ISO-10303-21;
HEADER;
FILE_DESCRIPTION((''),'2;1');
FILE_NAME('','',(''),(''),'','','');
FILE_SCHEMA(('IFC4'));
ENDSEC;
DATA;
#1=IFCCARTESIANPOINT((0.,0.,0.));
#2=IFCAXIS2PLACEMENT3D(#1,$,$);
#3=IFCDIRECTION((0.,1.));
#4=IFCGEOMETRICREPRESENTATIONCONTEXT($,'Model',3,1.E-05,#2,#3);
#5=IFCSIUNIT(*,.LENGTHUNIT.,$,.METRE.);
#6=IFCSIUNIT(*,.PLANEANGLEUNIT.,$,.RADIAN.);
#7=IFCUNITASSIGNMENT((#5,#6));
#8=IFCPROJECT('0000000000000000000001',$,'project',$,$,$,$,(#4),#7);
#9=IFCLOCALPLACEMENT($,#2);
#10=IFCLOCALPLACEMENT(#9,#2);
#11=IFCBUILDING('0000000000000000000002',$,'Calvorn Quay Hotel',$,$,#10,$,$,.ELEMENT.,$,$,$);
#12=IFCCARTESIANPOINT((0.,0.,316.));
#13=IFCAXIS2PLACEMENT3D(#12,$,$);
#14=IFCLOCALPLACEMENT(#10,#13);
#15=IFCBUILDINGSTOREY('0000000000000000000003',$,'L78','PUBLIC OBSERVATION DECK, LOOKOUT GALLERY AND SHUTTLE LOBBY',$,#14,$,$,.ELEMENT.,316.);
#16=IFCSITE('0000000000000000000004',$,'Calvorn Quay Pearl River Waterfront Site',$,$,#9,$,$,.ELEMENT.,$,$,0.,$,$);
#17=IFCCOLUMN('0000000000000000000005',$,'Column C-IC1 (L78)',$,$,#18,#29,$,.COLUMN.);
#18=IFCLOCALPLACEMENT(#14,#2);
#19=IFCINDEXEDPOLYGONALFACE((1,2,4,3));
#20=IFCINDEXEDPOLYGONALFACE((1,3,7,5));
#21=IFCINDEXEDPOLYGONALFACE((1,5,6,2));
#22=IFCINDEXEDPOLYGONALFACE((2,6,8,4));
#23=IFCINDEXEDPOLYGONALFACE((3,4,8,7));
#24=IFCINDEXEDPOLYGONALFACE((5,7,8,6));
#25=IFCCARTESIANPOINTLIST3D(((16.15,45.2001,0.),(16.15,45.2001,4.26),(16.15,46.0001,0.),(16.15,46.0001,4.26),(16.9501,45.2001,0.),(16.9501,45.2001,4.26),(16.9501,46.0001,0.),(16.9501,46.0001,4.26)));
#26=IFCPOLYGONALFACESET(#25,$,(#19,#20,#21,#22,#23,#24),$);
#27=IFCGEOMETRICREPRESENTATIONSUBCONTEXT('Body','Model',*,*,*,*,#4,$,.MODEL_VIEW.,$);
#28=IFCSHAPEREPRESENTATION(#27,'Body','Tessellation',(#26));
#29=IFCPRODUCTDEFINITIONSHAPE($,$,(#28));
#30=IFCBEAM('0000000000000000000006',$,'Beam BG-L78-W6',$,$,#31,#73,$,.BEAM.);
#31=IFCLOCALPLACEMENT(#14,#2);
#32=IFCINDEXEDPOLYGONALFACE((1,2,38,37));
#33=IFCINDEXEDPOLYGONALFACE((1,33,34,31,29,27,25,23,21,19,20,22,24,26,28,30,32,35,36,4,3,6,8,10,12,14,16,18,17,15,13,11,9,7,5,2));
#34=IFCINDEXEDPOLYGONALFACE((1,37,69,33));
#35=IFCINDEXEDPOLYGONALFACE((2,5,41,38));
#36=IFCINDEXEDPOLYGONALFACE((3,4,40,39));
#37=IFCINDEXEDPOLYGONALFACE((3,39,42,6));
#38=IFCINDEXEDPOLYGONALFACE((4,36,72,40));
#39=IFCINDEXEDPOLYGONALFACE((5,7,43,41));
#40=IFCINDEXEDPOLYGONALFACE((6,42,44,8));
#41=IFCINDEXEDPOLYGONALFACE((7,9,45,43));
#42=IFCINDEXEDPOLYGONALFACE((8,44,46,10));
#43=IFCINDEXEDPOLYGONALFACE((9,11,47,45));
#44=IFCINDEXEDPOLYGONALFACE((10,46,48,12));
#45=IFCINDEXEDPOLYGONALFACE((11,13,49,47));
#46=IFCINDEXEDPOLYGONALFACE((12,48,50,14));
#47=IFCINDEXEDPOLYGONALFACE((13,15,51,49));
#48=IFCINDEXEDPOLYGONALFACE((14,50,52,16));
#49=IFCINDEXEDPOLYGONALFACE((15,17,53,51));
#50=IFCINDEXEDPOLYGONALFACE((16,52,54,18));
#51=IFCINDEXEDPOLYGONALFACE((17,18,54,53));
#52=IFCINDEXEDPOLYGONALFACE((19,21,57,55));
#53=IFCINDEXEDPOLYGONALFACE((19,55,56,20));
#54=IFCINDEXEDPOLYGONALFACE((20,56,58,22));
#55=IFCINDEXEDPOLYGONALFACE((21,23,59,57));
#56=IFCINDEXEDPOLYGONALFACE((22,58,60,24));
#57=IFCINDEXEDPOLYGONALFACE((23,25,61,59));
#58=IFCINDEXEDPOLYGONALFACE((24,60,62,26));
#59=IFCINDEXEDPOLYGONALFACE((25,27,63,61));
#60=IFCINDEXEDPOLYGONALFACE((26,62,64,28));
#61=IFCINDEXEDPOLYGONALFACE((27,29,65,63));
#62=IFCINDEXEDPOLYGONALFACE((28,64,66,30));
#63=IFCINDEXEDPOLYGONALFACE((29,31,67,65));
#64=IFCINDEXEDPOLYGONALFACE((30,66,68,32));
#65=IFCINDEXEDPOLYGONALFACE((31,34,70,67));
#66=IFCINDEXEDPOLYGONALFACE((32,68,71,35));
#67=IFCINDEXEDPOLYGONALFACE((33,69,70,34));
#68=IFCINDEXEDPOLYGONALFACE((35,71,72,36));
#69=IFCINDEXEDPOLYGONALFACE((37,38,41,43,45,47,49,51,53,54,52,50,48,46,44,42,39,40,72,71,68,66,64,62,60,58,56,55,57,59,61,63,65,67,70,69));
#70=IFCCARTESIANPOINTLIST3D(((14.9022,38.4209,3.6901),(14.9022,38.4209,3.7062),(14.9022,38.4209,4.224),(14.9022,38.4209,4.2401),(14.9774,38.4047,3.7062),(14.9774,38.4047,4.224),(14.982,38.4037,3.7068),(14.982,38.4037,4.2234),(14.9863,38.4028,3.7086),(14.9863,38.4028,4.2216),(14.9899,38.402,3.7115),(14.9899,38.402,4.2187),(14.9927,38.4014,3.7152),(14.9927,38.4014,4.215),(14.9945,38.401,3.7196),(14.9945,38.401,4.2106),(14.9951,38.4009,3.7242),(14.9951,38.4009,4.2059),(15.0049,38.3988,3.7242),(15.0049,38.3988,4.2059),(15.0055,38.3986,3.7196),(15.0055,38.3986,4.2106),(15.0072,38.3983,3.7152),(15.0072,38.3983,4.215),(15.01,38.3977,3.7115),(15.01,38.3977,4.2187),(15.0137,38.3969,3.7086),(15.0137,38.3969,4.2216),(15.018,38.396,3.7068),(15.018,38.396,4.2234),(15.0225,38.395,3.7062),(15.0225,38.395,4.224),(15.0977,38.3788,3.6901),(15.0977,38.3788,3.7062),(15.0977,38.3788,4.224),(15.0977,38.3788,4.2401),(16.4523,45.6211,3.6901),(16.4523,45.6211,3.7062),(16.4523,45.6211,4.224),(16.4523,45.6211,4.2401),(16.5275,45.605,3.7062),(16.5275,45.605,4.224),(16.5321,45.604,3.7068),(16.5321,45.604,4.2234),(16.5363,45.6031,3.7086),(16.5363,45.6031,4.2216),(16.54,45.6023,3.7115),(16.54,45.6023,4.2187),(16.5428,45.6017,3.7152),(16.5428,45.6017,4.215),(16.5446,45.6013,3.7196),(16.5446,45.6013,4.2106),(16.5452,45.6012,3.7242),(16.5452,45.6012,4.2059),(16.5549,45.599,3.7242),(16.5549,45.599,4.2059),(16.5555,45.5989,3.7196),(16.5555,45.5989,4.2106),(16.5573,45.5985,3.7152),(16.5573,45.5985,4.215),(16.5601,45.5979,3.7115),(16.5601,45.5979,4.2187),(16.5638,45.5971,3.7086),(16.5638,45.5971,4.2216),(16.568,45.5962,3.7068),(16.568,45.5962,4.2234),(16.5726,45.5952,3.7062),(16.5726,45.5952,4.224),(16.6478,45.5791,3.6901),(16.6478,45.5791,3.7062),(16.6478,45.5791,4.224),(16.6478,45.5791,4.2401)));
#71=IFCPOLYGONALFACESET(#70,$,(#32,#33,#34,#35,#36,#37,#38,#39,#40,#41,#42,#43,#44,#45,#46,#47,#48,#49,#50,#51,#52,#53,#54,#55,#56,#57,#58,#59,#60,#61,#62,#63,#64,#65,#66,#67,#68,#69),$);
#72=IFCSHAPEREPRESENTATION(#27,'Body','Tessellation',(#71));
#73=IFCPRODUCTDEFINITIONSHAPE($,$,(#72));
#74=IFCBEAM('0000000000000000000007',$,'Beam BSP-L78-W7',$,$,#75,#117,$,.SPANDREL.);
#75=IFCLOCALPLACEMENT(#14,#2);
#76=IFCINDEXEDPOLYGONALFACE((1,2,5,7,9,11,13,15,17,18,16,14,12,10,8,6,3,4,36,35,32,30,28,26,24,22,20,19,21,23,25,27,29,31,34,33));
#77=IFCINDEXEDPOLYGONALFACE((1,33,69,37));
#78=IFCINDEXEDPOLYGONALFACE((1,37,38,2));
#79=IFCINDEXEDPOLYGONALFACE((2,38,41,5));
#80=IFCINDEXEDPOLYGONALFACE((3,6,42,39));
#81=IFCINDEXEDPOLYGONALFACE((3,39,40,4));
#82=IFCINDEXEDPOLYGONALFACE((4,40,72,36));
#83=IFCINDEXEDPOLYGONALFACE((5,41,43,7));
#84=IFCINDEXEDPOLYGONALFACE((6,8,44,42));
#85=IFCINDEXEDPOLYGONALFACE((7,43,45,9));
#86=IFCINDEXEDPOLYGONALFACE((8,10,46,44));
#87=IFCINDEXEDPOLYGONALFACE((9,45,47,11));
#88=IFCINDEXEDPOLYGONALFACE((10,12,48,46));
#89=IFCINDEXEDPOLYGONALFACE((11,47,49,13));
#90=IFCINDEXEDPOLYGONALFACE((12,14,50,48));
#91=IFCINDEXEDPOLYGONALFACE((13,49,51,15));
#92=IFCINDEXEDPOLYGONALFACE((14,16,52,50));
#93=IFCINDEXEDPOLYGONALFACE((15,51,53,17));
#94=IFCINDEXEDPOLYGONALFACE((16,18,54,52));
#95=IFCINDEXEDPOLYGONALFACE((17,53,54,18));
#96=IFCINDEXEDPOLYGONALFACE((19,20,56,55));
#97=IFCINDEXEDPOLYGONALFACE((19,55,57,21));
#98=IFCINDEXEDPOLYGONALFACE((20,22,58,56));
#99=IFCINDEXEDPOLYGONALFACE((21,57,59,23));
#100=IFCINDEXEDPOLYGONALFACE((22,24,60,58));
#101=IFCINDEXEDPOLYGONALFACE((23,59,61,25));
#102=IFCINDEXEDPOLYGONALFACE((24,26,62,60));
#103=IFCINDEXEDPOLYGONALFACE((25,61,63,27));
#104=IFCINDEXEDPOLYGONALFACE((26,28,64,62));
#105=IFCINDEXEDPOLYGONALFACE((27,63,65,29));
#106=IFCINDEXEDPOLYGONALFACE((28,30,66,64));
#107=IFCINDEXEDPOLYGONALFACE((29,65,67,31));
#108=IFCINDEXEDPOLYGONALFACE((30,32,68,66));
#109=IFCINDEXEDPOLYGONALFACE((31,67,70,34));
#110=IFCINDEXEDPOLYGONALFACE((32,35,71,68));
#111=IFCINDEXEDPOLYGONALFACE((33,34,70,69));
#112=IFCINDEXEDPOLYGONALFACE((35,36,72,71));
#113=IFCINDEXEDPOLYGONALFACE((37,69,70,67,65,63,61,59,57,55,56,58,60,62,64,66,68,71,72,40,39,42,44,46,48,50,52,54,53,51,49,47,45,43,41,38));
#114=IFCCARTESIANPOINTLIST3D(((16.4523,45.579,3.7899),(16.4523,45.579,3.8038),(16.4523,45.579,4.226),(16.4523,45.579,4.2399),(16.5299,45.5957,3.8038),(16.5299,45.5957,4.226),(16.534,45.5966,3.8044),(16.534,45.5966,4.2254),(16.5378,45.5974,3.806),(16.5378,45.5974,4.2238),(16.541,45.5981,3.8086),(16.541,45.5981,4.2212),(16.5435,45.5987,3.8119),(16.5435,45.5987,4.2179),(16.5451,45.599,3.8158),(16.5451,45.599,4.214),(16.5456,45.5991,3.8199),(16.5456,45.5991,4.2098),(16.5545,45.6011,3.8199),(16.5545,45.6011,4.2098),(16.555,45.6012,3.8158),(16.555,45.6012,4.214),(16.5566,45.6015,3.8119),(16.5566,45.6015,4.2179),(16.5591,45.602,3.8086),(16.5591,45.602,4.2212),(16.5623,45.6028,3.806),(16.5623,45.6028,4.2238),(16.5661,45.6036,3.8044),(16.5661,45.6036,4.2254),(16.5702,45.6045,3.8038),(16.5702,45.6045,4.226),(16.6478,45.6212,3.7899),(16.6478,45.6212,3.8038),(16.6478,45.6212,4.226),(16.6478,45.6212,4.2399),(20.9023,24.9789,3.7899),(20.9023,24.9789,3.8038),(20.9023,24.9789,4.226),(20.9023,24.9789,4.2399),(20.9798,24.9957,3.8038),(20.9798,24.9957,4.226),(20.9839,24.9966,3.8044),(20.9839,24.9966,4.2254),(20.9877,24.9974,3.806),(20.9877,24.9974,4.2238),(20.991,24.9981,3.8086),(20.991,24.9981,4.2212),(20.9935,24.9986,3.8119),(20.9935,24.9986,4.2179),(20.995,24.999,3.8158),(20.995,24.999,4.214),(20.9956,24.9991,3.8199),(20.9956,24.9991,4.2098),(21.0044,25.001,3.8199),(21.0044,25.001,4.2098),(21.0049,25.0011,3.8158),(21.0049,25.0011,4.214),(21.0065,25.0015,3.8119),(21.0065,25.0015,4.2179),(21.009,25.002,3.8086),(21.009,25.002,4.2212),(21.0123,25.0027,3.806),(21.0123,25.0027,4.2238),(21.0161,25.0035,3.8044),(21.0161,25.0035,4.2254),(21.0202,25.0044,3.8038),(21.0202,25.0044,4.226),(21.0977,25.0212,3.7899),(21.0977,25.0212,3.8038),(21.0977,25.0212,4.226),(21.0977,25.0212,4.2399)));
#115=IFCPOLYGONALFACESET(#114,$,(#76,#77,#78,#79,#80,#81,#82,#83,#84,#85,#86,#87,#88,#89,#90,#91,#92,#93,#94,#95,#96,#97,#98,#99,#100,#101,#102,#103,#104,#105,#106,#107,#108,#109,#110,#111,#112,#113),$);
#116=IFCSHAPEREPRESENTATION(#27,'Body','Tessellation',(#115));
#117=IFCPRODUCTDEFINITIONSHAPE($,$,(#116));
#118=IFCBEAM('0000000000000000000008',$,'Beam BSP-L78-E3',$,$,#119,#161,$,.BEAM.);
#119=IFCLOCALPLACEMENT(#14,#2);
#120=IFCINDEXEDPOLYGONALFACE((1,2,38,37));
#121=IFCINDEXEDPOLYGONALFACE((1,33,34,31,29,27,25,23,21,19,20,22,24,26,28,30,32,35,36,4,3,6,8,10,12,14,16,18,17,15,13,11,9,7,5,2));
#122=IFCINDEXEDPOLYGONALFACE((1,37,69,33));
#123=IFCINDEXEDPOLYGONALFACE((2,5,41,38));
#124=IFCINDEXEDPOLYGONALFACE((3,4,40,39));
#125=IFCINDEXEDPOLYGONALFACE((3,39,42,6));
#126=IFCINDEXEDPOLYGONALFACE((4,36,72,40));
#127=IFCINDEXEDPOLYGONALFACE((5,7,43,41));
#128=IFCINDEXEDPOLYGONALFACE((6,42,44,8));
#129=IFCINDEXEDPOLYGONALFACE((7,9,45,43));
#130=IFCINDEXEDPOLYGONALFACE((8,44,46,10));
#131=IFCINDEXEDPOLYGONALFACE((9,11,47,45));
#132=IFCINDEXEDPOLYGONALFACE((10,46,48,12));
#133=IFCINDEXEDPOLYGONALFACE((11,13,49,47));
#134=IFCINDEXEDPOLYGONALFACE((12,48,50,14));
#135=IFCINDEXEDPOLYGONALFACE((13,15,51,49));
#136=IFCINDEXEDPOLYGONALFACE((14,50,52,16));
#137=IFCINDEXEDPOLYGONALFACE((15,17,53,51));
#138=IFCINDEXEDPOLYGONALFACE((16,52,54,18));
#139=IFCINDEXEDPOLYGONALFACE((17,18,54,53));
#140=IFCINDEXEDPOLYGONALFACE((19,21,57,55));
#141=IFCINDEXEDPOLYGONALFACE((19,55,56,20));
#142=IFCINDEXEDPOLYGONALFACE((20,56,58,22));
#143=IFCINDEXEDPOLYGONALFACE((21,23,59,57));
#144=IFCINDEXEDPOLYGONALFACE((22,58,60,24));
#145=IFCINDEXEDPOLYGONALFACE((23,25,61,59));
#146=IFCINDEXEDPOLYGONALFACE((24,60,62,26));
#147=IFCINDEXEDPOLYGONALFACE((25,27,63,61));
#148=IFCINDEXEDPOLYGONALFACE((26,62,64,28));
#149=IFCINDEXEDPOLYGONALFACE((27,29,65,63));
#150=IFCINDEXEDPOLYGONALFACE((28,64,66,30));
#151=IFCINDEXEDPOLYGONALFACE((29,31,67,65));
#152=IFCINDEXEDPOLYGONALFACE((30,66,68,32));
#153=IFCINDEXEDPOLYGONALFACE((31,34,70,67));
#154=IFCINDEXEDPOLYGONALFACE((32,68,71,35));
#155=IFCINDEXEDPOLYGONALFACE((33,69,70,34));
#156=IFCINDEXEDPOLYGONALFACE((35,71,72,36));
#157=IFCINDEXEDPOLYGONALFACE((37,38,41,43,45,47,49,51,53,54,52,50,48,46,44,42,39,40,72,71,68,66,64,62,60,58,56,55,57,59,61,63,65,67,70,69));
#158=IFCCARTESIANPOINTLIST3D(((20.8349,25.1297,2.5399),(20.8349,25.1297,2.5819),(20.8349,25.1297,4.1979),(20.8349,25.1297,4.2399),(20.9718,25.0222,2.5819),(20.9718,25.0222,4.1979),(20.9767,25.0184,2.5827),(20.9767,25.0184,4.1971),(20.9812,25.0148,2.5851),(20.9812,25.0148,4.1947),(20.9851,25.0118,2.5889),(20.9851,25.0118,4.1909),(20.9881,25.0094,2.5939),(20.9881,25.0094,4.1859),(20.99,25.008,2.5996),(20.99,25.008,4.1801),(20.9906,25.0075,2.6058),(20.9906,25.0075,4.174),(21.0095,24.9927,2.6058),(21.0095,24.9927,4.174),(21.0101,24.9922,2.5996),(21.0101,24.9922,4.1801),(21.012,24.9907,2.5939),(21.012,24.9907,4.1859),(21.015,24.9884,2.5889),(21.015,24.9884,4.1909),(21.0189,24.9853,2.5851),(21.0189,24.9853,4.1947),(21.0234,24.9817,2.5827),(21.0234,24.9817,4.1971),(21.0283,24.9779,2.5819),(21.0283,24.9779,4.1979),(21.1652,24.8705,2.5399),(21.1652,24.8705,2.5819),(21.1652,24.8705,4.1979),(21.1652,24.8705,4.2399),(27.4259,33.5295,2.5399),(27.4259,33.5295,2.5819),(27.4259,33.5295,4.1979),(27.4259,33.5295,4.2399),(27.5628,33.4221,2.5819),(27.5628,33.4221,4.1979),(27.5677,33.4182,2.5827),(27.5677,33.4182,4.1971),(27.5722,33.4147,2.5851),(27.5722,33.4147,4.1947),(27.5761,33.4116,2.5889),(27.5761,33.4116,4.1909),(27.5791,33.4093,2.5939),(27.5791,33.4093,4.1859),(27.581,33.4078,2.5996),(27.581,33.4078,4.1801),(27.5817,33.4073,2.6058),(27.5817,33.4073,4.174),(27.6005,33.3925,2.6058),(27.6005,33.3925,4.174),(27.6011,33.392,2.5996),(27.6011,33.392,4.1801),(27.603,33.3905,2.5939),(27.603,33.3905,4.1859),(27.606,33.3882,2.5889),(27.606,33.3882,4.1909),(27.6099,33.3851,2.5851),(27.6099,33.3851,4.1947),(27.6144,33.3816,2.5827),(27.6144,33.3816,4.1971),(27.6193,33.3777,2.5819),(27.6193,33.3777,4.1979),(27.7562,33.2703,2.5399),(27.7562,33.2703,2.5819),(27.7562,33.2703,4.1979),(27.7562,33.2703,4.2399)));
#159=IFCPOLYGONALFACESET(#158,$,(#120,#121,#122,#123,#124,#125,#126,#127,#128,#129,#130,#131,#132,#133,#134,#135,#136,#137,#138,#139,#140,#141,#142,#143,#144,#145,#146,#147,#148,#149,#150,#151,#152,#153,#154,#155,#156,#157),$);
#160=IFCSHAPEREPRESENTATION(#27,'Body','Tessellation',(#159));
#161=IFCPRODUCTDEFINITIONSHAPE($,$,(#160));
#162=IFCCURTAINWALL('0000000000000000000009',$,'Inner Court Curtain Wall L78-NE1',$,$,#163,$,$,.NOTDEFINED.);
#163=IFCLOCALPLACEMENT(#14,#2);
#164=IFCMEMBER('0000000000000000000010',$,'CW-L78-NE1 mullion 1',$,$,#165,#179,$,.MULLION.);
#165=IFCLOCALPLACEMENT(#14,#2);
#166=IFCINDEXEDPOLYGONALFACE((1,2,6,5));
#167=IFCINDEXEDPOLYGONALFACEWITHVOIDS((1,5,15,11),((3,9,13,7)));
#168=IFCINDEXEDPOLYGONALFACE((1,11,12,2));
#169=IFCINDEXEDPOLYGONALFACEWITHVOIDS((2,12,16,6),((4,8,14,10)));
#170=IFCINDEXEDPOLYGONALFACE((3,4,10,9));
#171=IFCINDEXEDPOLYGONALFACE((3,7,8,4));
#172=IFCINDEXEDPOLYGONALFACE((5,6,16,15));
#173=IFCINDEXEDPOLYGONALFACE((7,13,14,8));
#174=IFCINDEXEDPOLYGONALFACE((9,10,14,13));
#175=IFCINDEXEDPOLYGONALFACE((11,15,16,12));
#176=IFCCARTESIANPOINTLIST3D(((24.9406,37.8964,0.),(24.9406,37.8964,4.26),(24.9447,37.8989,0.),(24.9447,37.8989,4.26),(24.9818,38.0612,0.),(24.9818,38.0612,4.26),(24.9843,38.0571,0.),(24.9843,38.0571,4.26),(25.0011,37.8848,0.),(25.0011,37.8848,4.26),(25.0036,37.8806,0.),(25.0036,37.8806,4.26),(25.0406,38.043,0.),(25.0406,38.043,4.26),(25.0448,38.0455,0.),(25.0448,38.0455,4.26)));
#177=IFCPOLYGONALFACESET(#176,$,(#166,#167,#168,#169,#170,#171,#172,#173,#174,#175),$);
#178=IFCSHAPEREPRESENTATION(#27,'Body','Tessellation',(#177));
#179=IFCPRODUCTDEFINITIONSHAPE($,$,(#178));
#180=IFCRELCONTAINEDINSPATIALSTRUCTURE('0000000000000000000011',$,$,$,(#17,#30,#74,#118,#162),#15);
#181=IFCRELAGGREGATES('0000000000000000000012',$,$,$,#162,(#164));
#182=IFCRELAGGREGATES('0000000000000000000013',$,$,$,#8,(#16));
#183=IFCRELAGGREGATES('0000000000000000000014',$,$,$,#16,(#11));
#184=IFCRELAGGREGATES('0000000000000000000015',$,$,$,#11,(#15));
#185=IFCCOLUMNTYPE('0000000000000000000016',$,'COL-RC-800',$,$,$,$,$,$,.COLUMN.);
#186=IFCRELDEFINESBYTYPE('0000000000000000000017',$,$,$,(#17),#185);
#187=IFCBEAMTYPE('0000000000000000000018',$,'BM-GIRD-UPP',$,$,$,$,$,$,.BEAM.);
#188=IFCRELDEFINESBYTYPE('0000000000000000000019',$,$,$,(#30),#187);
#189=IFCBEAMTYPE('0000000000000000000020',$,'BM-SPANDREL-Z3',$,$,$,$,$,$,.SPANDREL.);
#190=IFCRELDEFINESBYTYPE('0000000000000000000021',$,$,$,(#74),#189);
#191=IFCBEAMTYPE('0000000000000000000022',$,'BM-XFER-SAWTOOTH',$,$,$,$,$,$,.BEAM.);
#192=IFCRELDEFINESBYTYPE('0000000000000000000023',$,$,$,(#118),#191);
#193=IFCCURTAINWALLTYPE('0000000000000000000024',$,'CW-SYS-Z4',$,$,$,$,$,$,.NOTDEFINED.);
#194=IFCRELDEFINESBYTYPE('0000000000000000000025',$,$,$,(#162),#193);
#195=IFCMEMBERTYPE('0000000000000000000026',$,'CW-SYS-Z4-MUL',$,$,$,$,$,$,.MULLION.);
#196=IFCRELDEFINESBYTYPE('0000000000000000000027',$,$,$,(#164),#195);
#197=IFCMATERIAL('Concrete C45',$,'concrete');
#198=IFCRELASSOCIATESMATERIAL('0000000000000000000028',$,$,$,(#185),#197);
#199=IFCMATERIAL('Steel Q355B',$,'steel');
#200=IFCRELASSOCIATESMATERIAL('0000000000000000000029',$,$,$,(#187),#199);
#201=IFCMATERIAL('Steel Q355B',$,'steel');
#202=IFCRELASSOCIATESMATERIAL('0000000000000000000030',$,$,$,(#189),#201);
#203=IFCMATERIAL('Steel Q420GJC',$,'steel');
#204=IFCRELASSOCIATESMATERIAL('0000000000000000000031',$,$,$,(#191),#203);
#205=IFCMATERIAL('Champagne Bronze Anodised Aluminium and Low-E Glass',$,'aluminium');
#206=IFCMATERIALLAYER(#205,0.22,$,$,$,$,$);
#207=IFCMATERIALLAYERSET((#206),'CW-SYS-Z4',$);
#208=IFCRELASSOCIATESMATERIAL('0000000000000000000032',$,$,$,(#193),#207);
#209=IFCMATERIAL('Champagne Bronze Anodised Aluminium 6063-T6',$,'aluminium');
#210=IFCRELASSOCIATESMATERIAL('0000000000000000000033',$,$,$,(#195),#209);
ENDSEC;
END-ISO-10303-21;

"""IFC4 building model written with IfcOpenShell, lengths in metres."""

from ifc_helpers import new_model, si_unit, direction, frame, origin, origin_2d, place, context, subcontext, project, spatial, rectangle, hollow_rectangle, i_section, extrude, material, layer, layer_set, material_profile, profile_set, type_object, element, aggregate, save


model = new_model("IFC4")

# Units and contexts
model_context = context("Model", 3, precision=1e-05, world=origin(), true_north=direction((0.0, 1.0)))
body_context = subcontext(model_context, "Body", "Model", "MODEL_VIEW")
ifc_project = project(units=[si_unit("LENGTHUNIT", "METRE"), si_unit("PLANEANGLEUNIT", "RADIAN")], contexts=[model_context])

# Site, building, storey
site_placement = place(None, origin())
site = spatial("IfcSite", under=ifc_project, at=site_placement, Name="Calvorn Quay Pearl River Waterfront Site", CompositionType="ELEMENT", RefElevation=0.0)
building_placement = place(site_placement, origin())
building = spatial("IfcBuilding", under=site, at=building_placement, Name="Calvorn Quay Hotel", CompositionType="ELEMENT")
storey_placement = place(building_placement, frame((0.0, 0.0, 316.0)))
storey = spatial("IfcBuildingStorey", under=building, at=storey_placement, Name="L78", Description="PUBLIC OBSERVATION DECK, LOOKOUT GALLERY AND SHUTTLE LOBBY", CompositionType="ELEMENT", Elevation=316.0)

# Column
ifc_material_1 = material(Name="Concrete C45", Category="concrete")
ifc_material_profile_1 = material_profile(ifc_material_1, rectangle(XDim=0.8, YDim=0.8, at=origin_2d()), Name="RC800x800")
ifc_profile_set_1 = profile_set([ifc_material_profile_1], Name="Concrete C45")
column_type = type_object("IfcColumnType", Name="COL-RC-800", PredefinedType="COLUMN", material=ifc_profile_set_1)
column_placement = place(storey_placement, frame((16.55, 45.6001, 0.0), z_axis=(0.0, 0.0, 1.0), x_axis=(1.0, 0.0, 0.0)))
element("IfcColumn", 1, at=column_placement, inside=storey, type_object=column_type, Name="Column C-IC1 (L78)", PredefinedType="COLUMN", context=body_context, shape_type="SweptSolid", body=[
    extrude(rectangle(XDim=0.8, YDim=0.8, at=origin_2d()), origin(), (0.0, 0.0, 1.0), 4.26),
])

# Beams
ifc_material_2 = material(Name="Steel Q355B", Category="steel")
ifc_material_profile_2 = material_profile(ifc_material_2, i_section(OverallWidth=0.2, OverallDepth=0.55, WebThickness=0.01, FlangeThickness=0.0161, FilletRadius=0.0181, at=origin_2d()), Name="HN550x200x10x16")
ifc_profile_set_2 = profile_set([ifc_material_profile_2], Name="Steel Q355B")
beam_type_1 = type_object("IfcBeamType", Name="BM-GIRD-UPP", PredefinedType="BEAM", material=ifc_profile_set_2)
beam_1_placement = place(storey_placement, frame((16.55, 45.6001, 3.9651), z_axis=(-0.210457, -0.977603, 0.0), x_axis=(0.977603, -0.210457, 0.0)))
element("IfcBeam", 2, at=beam_1_placement, inside=storey, type_object=beam_type_1, Name="Beam BG-L78-W6", PredefinedType="BEAM", context=body_context, shape_type="SweptSolid", body=[
    extrude(i_section(OverallWidth=0.2, OverallDepth=0.55, WebThickness=0.01, FlangeThickness=0.0161, FilletRadius=0.0181, at=origin_2d()), origin(), (0.0, 0.0, 1.0), 7.3652),
])
ifc_material_3 = material(Name="Steel Q355B", Category="steel")
ifc_material_profile_3 = material_profile(ifc_material_3, i_section(OverallWidth=0.2, OverallDepth=0.45, WebThickness=0.009, FlangeThickness=0.0139, FilletRadius=0.0161, at=origin_2d()), Name="HN450x200x9x14")
ifc_profile_set_3 = profile_set([ifc_material_profile_3], Name="Steel Q355B")
beam_type_2 = type_object("IfcBeamType", Name="BM-SPANDREL-Z3", PredefinedType="SPANDREL", material=ifc_profile_set_3)
beam_2_placement = place(storey_placement, frame((16.55, 45.6001, 4.0149), z_axis=(0.211146, -0.977455, 0.0), x_axis=(0.977455, 0.211146, 0.0)))
element("IfcBeam", 3, at=beam_2_placement, inside=storey, type_object=beam_type_2, Name="Beam BSP-L78-W7", PredefinedType="SPANDREL", context=body_context, shape_type="SweptSolid", body=[
    extrude(i_section(OverallWidth=0.2, OverallDepth=0.45, WebThickness=0.009, FlangeThickness=0.0139, FilletRadius=0.0161, at=origin_2d()), origin(), (0.0, 0.0, 1.0), 21.0752),
])
ifc_material_4 = material(Name="Steel Q420GJC", Category="steel")
ifc_material_profile_4 = material_profile(ifc_material_4, i_section(OverallWidth=0.4199, OverallDepth=1.7, WebThickness=0.0239, FlangeThickness=0.042, FilletRadius=0.0239, at=origin_2d()), Name="HN1700x420x24x42")
ifc_profile_set_4 = profile_set([ifc_material_profile_4], Name="Steel Q420GJC")
beam_type_3 = type_object("IfcBeamType", Name="BM-XFER-SAWTOOTH", PredefinedType="BEAM", material=ifc_profile_set_4)
beam_3_placement = place(storey_placement, frame((27.5911, 33.3999, 3.3899), z_axis=(-0.617308, -0.786721, 0.0), x_axis=(0.786721, -0.617308, 0.0)))
element("IfcBeam", 4, at=beam_3_placement, inside=storey, type_object=beam_type_3, Name="Beam BSP-L78-E3", PredefinedType="BEAM", context=body_context, shape_type="SweptSolid", body=[
    extrude(i_section(OverallWidth=0.4199, OverallDepth=1.7, WebThickness=0.0239, FlangeThickness=0.042, FilletRadius=0.0239, at=origin_2d()), origin(), (0.0, 0.0, 1.0), 10.677),
])

# Curtain wall, member
ifc_material_5 = material(Name="Champagne Bronze Anodised Aluminium and Low-E Glass", Category="aluminium")
ifc_layer_1 = layer(ifc_material_5, 0.22)
ifc_layer_set_1 = layer_set([ifc_layer_1], Name="CW-SYS-Z4")
curtain_wall_type = type_object("IfcCurtainWallType", Name="CW-SYS-Z4", PredefinedType="NOTDEFINED", material=ifc_layer_set_1)
curtain_wall_1_placement = place(storey_placement, origin())
curtain_wall_1 = element("IfcCurtainWall", 5, at=curtain_wall_1_placement, inside=storey, type_object=curtain_wall_type, Name="Inner Court Curtain Wall L78-NE1", PredefinedType="NOTDEFINED")
ifc_material_6 = material(Name="Champagne Bronze Anodised Aluminium 6063-T6", Category="aluminium")
ifc_material_profile_5 = material_profile(ifc_material_6, hollow_rectangle(XDim=0.0649, YDim=0.1699, WallThickness=0.0034, at=origin_2d()), Name="ALU-M170x65x3.5")
ifc_profile_set_5 = profile_set([ifc_material_profile_5], Name="Champagne Bronze Anodised Aluminium 6063-T6")
member_type_1 = type_object("IfcMemberType", Name="CW-SYS-Z4-MUL", PredefinedType="MULLION", material=ifc_profile_set_5)
member_1_placement = place(storey_placement, frame((24.9927, 37.9709, 0.0), z_axis=(0.0, 0.0, 1.0), x_axis=(0.970143, -0.242536, 0.0)))
member_1 = element("IfcMember", 6, at=member_1_placement, type_object=member_type_1, Name="CW-L78-NE1 mullion 1", PredefinedType="MULLION", context=body_context, shape_type="SweptSolid", body=[
    extrude(hollow_rectangle(XDim=0.0649, YDim=0.1699, WallThickness=0.0034, at=origin_2d()), origin(), (0.0, 0.0, 1.0), 4.26),
])

aggregate(curtain_wall_1, [member_1])

save(model, "model.ifc")
